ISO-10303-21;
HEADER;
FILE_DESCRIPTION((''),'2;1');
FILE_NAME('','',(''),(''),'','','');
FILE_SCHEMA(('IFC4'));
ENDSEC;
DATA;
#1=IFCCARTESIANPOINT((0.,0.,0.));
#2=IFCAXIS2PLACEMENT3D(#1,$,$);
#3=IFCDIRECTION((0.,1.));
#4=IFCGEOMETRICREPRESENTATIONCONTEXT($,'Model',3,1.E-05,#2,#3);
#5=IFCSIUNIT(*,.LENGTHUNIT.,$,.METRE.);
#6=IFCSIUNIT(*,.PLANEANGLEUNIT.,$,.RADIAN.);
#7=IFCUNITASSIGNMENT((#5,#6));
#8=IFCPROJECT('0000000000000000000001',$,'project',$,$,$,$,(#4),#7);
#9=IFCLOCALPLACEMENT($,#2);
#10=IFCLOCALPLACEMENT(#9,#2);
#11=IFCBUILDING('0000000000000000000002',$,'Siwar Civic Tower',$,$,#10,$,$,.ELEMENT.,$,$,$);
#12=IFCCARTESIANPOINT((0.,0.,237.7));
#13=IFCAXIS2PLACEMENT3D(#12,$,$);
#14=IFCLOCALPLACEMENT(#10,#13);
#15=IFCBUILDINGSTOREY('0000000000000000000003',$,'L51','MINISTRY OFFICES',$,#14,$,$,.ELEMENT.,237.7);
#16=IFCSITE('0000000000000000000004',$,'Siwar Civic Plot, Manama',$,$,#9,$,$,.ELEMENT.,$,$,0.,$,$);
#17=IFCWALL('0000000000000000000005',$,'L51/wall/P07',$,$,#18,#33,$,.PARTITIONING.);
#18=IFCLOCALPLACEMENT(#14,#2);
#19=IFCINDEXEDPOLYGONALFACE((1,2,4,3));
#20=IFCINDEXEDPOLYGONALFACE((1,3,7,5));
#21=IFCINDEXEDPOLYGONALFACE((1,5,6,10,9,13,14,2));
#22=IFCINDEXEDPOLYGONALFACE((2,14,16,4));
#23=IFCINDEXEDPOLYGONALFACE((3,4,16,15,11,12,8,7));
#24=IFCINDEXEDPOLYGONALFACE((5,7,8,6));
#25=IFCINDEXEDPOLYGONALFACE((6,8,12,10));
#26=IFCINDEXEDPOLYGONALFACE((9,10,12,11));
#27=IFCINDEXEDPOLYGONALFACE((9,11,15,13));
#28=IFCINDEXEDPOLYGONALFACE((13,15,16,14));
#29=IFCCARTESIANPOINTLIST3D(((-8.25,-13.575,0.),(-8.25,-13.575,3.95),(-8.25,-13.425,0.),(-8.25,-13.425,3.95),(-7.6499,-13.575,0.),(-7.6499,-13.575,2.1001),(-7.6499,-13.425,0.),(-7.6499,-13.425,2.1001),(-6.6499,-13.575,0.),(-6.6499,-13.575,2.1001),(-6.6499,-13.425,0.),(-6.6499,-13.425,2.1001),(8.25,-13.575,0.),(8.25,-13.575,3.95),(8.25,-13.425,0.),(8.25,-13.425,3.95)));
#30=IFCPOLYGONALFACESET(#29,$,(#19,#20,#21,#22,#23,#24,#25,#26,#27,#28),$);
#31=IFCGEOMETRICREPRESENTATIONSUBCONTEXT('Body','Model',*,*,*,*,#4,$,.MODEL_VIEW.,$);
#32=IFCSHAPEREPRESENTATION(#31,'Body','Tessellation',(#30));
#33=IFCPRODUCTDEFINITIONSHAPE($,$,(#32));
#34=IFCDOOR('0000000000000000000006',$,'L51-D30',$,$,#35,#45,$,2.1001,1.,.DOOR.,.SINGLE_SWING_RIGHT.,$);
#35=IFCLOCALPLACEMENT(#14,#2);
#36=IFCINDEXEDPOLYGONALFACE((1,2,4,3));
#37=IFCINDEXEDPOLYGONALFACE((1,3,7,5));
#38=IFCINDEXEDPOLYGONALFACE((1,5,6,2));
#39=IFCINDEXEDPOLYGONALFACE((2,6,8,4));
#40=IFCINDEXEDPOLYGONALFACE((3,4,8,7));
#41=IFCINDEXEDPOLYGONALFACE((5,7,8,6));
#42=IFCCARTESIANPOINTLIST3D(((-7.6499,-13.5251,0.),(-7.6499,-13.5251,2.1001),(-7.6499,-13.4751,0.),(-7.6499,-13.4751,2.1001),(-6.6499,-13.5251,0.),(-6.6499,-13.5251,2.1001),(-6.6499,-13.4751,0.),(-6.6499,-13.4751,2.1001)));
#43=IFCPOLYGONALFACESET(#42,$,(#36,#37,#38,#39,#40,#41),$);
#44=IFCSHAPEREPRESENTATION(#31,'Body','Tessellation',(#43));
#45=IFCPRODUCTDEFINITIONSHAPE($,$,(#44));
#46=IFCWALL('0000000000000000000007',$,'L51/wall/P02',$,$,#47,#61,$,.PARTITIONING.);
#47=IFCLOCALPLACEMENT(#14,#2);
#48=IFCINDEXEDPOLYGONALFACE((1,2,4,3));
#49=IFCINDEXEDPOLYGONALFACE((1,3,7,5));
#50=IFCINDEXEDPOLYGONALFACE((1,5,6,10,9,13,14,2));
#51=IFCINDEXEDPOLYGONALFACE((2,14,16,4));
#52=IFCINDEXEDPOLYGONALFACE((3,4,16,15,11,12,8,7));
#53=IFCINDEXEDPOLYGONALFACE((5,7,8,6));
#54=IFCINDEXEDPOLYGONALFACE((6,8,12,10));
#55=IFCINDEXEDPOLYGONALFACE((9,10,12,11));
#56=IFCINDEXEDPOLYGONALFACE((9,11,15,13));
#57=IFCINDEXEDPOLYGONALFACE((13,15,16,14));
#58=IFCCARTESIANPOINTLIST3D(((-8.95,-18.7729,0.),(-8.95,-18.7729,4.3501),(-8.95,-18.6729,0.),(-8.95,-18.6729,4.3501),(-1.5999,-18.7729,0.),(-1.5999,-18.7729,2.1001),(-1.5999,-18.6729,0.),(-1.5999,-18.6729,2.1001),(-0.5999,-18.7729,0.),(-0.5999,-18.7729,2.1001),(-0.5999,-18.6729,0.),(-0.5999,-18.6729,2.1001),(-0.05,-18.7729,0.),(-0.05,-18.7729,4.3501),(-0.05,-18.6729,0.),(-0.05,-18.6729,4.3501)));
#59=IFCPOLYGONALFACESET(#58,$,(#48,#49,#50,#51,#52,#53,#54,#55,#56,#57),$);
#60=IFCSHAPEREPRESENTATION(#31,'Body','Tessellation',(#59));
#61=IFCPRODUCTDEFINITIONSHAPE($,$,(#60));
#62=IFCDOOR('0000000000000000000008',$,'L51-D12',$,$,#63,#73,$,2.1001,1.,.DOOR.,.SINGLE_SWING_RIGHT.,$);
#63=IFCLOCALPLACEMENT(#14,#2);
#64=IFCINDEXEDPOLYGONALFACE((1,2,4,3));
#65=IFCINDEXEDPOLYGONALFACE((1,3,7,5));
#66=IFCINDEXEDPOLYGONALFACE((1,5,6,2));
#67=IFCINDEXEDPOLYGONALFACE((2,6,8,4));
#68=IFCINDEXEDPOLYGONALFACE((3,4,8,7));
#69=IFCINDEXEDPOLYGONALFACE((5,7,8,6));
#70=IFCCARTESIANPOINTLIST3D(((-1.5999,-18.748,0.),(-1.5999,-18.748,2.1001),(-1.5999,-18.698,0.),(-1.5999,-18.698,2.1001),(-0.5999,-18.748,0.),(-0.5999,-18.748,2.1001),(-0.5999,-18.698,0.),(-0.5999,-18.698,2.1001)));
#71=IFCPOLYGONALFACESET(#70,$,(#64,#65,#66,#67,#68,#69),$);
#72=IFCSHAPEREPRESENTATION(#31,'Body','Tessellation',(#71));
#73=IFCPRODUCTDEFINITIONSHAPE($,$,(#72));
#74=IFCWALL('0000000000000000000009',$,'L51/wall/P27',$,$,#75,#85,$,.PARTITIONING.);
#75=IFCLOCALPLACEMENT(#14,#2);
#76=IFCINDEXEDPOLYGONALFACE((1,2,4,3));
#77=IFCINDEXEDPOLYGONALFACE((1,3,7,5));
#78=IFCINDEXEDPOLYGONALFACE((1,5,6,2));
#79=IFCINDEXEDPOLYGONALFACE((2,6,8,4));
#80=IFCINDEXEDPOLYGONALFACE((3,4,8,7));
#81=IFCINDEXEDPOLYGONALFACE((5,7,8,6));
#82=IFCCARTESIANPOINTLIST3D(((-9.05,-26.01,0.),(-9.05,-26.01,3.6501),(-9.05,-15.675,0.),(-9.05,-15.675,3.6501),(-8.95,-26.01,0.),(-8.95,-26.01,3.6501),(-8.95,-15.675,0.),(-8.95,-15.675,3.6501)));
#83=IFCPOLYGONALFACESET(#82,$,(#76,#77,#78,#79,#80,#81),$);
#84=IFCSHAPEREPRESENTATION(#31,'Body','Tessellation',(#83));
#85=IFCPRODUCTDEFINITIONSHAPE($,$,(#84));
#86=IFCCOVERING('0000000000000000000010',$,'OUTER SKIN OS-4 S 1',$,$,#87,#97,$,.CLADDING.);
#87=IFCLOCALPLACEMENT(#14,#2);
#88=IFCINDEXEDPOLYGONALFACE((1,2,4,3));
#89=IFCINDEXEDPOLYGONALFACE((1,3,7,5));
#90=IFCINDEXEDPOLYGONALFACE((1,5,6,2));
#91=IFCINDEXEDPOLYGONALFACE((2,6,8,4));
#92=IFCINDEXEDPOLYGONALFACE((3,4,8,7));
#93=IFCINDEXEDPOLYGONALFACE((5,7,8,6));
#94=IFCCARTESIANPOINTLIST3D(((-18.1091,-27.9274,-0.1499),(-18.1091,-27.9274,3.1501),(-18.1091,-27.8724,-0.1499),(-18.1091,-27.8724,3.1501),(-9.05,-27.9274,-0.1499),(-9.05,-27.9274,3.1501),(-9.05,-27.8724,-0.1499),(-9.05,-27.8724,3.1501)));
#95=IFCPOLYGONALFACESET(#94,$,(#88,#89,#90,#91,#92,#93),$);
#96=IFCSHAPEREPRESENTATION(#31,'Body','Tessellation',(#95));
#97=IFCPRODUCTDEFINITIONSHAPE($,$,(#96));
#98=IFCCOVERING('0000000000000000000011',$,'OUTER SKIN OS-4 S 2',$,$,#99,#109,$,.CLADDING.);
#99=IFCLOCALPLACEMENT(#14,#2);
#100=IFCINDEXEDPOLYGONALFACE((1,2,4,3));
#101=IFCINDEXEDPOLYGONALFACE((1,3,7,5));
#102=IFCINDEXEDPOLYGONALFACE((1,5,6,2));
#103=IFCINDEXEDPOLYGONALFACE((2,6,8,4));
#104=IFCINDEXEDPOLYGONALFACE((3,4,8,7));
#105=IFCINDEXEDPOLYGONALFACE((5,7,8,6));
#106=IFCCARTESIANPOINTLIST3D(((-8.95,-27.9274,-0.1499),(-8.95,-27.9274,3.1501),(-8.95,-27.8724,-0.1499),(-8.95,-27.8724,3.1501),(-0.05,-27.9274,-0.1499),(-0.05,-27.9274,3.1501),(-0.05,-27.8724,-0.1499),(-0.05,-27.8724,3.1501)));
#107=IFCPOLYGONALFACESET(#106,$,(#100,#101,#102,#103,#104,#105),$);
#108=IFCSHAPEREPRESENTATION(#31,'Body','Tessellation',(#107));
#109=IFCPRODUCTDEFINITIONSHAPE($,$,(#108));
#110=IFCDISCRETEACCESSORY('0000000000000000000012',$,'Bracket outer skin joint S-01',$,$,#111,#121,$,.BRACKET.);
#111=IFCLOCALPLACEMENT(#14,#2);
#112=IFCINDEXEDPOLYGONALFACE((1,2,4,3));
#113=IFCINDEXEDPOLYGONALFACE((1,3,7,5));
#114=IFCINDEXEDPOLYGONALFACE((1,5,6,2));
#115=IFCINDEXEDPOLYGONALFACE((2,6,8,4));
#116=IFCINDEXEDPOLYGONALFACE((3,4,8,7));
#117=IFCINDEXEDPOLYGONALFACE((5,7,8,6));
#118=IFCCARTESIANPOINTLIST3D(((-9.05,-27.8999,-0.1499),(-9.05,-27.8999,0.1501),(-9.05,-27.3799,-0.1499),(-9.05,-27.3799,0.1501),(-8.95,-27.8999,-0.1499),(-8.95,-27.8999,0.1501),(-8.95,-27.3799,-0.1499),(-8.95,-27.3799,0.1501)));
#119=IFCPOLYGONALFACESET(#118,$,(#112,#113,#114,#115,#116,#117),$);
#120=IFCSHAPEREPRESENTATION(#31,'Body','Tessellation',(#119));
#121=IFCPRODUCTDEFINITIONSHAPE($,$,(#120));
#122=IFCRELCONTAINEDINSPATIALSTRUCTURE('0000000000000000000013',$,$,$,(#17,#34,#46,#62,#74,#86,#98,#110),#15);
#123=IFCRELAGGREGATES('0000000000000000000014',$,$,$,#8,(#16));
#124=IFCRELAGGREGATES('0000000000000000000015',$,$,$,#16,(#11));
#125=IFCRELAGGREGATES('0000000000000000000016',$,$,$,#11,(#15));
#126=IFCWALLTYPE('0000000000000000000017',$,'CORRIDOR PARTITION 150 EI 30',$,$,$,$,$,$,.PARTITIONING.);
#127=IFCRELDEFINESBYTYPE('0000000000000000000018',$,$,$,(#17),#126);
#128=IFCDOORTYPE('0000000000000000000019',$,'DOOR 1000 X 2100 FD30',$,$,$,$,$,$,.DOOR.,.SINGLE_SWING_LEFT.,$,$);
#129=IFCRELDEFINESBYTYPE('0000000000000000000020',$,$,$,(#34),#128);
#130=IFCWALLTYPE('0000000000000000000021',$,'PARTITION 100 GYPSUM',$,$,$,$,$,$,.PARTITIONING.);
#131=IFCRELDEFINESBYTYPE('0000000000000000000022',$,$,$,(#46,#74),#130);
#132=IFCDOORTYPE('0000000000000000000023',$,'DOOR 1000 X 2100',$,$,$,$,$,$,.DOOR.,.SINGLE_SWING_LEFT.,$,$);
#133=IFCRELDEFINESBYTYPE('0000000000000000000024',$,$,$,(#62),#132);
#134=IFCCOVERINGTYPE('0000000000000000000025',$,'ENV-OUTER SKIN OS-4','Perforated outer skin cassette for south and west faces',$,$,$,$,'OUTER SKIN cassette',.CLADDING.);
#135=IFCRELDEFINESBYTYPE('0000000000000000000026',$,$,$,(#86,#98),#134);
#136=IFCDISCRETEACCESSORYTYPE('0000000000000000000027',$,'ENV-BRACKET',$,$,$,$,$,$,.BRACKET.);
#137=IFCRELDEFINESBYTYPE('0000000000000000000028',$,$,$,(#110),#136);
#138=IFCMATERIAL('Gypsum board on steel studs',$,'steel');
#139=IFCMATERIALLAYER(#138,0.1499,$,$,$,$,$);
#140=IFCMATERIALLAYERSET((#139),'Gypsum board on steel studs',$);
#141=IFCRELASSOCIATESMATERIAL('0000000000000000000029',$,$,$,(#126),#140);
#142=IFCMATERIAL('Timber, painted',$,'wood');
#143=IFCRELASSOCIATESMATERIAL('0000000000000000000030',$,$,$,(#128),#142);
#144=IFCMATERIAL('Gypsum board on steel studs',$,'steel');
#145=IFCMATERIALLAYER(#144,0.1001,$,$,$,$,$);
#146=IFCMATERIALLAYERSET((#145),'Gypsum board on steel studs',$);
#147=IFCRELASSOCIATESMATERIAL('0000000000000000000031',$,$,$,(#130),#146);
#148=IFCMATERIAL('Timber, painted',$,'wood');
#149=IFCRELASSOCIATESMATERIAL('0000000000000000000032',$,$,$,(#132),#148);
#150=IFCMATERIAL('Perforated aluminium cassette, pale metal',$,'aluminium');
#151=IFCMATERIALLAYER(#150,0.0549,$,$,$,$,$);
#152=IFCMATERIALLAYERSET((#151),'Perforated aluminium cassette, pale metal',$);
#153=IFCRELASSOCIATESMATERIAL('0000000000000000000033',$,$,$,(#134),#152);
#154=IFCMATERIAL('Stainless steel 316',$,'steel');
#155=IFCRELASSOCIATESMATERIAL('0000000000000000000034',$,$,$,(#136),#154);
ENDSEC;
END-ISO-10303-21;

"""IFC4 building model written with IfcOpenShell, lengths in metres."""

from ifc_helpers import new_model, si_unit, direction, frame, frame_2d, origin, origin_2d, place, context, subcontext, project, spatial, rectangle, extrude, material, layer, layer_set, type_object, element, fill, save


model = new_model("IFC4")

# Units and contexts
model_context = context("Model", 3, precision=1e-05, world=origin(), true_north=direction((0.0, 1.0)))
body_context = subcontext(model_context, "Body", "Model", "MODEL_VIEW")
ifc_project = project(units=[si_unit("LENGTHUNIT", "METRE"), si_unit("PLANEANGLEUNIT", "RADIAN")], contexts=[model_context])

# Site, building, storey
site_placement = place(None, origin())
site = spatial("IfcSite", under=ifc_project, at=site_placement, Name="Siwar Civic Plot, Manama", CompositionType="ELEMENT", RefElevation=0.0)
building_placement = place(site_placement, origin())
building = spatial("IfcBuilding", under=site, at=building_placement, Name="Siwar Civic Tower", CompositionType="ELEMENT")
storey_placement = place(building_placement, frame((0.0, 0.0, 237.7)))
storey = spatial("IfcBuildingStorey", under=building, at=storey_placement, Name="L51", Description="MINISTRY OFFICES", CompositionType="ELEMENT", Elevation=237.7)

# Walls, openings, doors
ifc_material_1 = material(Name="Gypsum board on steel studs", Category="steel")
ifc_layer_1 = layer(ifc_material_1, 0.1499)
ifc_layer_set_1 = layer_set([ifc_layer_1], Name="Gypsum board on steel studs")
wall_type_1 = type_object("IfcWallType", Name="CORRIDOR PARTITION 150 EI 30", PredefinedType="PARTITIONING", material=ifc_layer_set_1)
wall_1_placement = place(storey_placement, frame((-8.25, -13.5, 0.0), z_axis=(0.0, 0.0, 1.0), x_axis=(1.0, 0.0, 0.0)))
wall_1 = element("IfcWall", 1, at=wall_1_placement, inside=storey, type_object=wall_type_1, Name="L51/wall/P07", PredefinedType="PARTITIONING", context=body_context, shape_type="SweptSolid", body=[
    extrude(rectangle(XDim=16.5, YDim=0.1499, at=frame_2d((8.25, 0.0))), origin(), (0.0, 0.0, 1.0), 3.95),
])
opening_1_placement = place(wall_1_placement, frame((0.6001, 0.0, 0.0)))
opening_1 = element("IfcOpeningElement", 2, at=opening_1_placement, cuts=wall_1, PredefinedType="OPENING", context=body_context, shape_type="SweptSolid", body=[
    extrude(rectangle(XDim=1.0, YDim=2.1001, at=frame_2d((0.5, 1.05))), frame((0.0, 0.085, 0.0), z_axis=(0.0, -1.0, 0.0), x_axis=(1.0, 0.0, 0.0)), (0.0, 0.0, 1.0), 0.1699),
])
ifc_material_2 = material(Name="Timber, painted", Category="wood")
door_type_1 = type_object("IfcDoorType", Name="DOOR 1000 X 2100 FD30", OperationType="SINGLE_SWING_LEFT", PredefinedType="DOOR", material=ifc_material_2)
door_1_placement = place(opening_1_placement, origin())
door_1 = element("IfcDoor", 3, at=door_1_placement, inside=storey, type_object=door_type_1, Name="L51-D30", OperationType="SINGLE_SWING_RIGHT", OverallHeight=2.1001, OverallWidth=1.0, PredefinedType="DOOR", context=body_context, shape_type="SweptSolid", body=[
    extrude(rectangle(XDim=1.0, YDim=2.1001, at=frame_2d((0.5, 1.05))), frame((0.0, 0.0249, 0.0), z_axis=(0.0, -1.0, 0.0), x_axis=(1.0, 0.0, 0.0)), (0.0, 0.0, 1.0), 0.05),
])
fill(opening_1, door_1)
ifc_material_3 = material(Name="Gypsum board on steel studs", Category="steel")
ifc_layer_2 = layer(ifc_material_3, 0.1001)
ifc_layer_set_2 = layer_set([ifc_layer_2], Name="Gypsum board on steel studs")
wall_type_2 = type_object("IfcWallType", Name="PARTITION 100 GYPSUM", PredefinedType="PARTITIONING", material=ifc_layer_set_2)
wall_2_placement = place(storey_placement, frame((-8.95, -18.7229, 0.0), z_axis=(0.0, 0.0, 1.0), x_axis=(1.0, 0.0, 0.0)))
wall_2 = element("IfcWall", 4, at=wall_2_placement, inside=storey, type_object=wall_type_2, Name="L51/wall/P02", PredefinedType="PARTITIONING", context=body_context, shape_type="SweptSolid", body=[
    extrude(rectangle(XDim=8.8999, YDim=0.1001, at=frame_2d((4.45, 0.0))), origin(), (0.0, 0.0, 1.0), 4.3501),
])
opening_2_placement = place(wall_2_placement, frame((7.3501, 0.0, 0.0)))
opening_2 = element("IfcOpeningElement", 5, at=opening_2_placement, cuts=wall_2, PredefinedType="OPENING", context=body_context, shape_type="SweptSolid", body=[
    extrude(rectangle(XDim=1.0, YDim=2.1001, at=frame_2d((0.5, 1.05))), frame((0.0, 0.0601, 0.0), z_axis=(0.0, -1.0, 0.0), x_axis=(1.0, 0.0, 0.0)), (0.0, 0.0, 1.0), 0.1201),
])
ifc_material_4 = material(Name="Timber, painted", Category="wood")
door_type_2 = type_object("IfcDoorType", Name="DOOR 1000 X 2100", OperationType="SINGLE_SWING_LEFT", PredefinedType="DOOR", material=ifc_material_4)
door_2_placement = place(opening_2_placement, origin())
door_2 = element("IfcDoor", 6, at=door_2_placement, inside=storey, type_object=door_type_2, Name="L51-D12", OperationType="SINGLE_SWING_RIGHT", OverallHeight=2.1001, OverallWidth=1.0, PredefinedType="DOOR", context=body_context, shape_type="SweptSolid", body=[
    extrude(rectangle(XDim=1.0, YDim=2.1001, at=frame_2d((0.5, 1.05))), frame((0.0, 0.0249, 0.0), z_axis=(0.0, -1.0, 0.0), x_axis=(1.0, 0.0, 0.0)), (0.0, 0.0, 1.0), 0.05),
])
fill(opening_2, door_2)

# Wall
wall_3_placement = place(storey_placement, frame((-9.0, -26.01, 0.0), z_axis=(0.0, 0.0, 1.0), x_axis=(0.0, 1.0, 0.0)))
element("IfcWall", 7, at=wall_3_placement, inside=storey, type_object=wall_type_2, Name="L51/wall/P27", PredefinedType="PARTITIONING", context=body_context, shape_type="SweptSolid", body=[
    extrude(rectangle(XDim=10.335, YDim=0.1001, at=frame_2d((5.1675, 0.0))), origin(), (0.0, 0.0, 1.0), 3.6501),
])

# Coverings
ifc_material_5 = material(Name="Perforated aluminium cassette, pale metal", Category="aluminium")
ifc_layer_3 = layer(ifc_material_5, 0.0549)
ifc_layer_set_3 = layer_set([ifc_layer_3], Name="Perforated aluminium cassette, pale metal")
covering_type = type_object("IfcCoveringType", Name="ENV-OUTER SKIN OS-4", Description="Perforated outer skin cassette for south and west faces", ElementType="OUTER SKIN cassette", PredefinedType="CLADDING", material=ifc_layer_set_3)
covering_1_placement = place(storey_placement, frame((-13.5796, -27.8999, -0.1499), z_axis=(0.0, 0.0, 1.0), x_axis=(1.0, 0.0, 0.0)))
element("IfcCovering", 8, at=covering_1_placement, inside=storey, type_object=covering_type, Name="OUTER SKIN OS-4 S 1", PredefinedType="CLADDING", context=body_context, shape_type="SweptSolid", body=[
    extrude(rectangle(XDim=9.0591, YDim=0.0549, at=origin_2d()), origin(), (0.0, 0.0, 1.0), 3.3),
])
covering_2_placement = place(storey_placement, frame((-4.5, -27.8999, -0.1499), z_axis=(0.0, 0.0, 1.0), x_axis=(1.0, 0.0, 0.0)))
element("IfcCovering", 9, at=covering_2_placement, inside=storey, type_object=covering_type, Name="OUTER SKIN OS-4 S 2", PredefinedType="CLADDING", context=body_context, shape_type="SweptSolid", body=[
    extrude(rectangle(XDim=8.8999, YDim=0.0549, at=origin_2d()), origin(), (0.0, 0.0, 1.0), 3.3),
])

# Discrete accessory
ifc_material_6 = material(Name="Stainless steel 316", Category="steel")
discrete_accessory_type = type_object("IfcDiscreteAccessoryType", Name="ENV-BRACKET", PredefinedType="BRACKET", material=ifc_material_6)
discrete_accessory_placement = place(storey_placement, frame((-9.0, -27.6399, -0.1499), z_axis=(0.0, 0.0, 1.0), x_axis=(0.0, -1.0, 0.0)))
element("IfcDiscreteAccessory", 10, at=discrete_accessory_placement, inside=storey, type_object=discrete_accessory_type, Name="Bracket outer skin joint S-01", PredefinedType="BRACKET", context=body_context, shape_type="SweptSolid", body=[
    extrude(rectangle(XDim=0.52, YDim=0.1001, at=origin_2d()), origin(), (0.0, 0.0, 1.0), 0.3),
])

save(model, "model.ifc")
